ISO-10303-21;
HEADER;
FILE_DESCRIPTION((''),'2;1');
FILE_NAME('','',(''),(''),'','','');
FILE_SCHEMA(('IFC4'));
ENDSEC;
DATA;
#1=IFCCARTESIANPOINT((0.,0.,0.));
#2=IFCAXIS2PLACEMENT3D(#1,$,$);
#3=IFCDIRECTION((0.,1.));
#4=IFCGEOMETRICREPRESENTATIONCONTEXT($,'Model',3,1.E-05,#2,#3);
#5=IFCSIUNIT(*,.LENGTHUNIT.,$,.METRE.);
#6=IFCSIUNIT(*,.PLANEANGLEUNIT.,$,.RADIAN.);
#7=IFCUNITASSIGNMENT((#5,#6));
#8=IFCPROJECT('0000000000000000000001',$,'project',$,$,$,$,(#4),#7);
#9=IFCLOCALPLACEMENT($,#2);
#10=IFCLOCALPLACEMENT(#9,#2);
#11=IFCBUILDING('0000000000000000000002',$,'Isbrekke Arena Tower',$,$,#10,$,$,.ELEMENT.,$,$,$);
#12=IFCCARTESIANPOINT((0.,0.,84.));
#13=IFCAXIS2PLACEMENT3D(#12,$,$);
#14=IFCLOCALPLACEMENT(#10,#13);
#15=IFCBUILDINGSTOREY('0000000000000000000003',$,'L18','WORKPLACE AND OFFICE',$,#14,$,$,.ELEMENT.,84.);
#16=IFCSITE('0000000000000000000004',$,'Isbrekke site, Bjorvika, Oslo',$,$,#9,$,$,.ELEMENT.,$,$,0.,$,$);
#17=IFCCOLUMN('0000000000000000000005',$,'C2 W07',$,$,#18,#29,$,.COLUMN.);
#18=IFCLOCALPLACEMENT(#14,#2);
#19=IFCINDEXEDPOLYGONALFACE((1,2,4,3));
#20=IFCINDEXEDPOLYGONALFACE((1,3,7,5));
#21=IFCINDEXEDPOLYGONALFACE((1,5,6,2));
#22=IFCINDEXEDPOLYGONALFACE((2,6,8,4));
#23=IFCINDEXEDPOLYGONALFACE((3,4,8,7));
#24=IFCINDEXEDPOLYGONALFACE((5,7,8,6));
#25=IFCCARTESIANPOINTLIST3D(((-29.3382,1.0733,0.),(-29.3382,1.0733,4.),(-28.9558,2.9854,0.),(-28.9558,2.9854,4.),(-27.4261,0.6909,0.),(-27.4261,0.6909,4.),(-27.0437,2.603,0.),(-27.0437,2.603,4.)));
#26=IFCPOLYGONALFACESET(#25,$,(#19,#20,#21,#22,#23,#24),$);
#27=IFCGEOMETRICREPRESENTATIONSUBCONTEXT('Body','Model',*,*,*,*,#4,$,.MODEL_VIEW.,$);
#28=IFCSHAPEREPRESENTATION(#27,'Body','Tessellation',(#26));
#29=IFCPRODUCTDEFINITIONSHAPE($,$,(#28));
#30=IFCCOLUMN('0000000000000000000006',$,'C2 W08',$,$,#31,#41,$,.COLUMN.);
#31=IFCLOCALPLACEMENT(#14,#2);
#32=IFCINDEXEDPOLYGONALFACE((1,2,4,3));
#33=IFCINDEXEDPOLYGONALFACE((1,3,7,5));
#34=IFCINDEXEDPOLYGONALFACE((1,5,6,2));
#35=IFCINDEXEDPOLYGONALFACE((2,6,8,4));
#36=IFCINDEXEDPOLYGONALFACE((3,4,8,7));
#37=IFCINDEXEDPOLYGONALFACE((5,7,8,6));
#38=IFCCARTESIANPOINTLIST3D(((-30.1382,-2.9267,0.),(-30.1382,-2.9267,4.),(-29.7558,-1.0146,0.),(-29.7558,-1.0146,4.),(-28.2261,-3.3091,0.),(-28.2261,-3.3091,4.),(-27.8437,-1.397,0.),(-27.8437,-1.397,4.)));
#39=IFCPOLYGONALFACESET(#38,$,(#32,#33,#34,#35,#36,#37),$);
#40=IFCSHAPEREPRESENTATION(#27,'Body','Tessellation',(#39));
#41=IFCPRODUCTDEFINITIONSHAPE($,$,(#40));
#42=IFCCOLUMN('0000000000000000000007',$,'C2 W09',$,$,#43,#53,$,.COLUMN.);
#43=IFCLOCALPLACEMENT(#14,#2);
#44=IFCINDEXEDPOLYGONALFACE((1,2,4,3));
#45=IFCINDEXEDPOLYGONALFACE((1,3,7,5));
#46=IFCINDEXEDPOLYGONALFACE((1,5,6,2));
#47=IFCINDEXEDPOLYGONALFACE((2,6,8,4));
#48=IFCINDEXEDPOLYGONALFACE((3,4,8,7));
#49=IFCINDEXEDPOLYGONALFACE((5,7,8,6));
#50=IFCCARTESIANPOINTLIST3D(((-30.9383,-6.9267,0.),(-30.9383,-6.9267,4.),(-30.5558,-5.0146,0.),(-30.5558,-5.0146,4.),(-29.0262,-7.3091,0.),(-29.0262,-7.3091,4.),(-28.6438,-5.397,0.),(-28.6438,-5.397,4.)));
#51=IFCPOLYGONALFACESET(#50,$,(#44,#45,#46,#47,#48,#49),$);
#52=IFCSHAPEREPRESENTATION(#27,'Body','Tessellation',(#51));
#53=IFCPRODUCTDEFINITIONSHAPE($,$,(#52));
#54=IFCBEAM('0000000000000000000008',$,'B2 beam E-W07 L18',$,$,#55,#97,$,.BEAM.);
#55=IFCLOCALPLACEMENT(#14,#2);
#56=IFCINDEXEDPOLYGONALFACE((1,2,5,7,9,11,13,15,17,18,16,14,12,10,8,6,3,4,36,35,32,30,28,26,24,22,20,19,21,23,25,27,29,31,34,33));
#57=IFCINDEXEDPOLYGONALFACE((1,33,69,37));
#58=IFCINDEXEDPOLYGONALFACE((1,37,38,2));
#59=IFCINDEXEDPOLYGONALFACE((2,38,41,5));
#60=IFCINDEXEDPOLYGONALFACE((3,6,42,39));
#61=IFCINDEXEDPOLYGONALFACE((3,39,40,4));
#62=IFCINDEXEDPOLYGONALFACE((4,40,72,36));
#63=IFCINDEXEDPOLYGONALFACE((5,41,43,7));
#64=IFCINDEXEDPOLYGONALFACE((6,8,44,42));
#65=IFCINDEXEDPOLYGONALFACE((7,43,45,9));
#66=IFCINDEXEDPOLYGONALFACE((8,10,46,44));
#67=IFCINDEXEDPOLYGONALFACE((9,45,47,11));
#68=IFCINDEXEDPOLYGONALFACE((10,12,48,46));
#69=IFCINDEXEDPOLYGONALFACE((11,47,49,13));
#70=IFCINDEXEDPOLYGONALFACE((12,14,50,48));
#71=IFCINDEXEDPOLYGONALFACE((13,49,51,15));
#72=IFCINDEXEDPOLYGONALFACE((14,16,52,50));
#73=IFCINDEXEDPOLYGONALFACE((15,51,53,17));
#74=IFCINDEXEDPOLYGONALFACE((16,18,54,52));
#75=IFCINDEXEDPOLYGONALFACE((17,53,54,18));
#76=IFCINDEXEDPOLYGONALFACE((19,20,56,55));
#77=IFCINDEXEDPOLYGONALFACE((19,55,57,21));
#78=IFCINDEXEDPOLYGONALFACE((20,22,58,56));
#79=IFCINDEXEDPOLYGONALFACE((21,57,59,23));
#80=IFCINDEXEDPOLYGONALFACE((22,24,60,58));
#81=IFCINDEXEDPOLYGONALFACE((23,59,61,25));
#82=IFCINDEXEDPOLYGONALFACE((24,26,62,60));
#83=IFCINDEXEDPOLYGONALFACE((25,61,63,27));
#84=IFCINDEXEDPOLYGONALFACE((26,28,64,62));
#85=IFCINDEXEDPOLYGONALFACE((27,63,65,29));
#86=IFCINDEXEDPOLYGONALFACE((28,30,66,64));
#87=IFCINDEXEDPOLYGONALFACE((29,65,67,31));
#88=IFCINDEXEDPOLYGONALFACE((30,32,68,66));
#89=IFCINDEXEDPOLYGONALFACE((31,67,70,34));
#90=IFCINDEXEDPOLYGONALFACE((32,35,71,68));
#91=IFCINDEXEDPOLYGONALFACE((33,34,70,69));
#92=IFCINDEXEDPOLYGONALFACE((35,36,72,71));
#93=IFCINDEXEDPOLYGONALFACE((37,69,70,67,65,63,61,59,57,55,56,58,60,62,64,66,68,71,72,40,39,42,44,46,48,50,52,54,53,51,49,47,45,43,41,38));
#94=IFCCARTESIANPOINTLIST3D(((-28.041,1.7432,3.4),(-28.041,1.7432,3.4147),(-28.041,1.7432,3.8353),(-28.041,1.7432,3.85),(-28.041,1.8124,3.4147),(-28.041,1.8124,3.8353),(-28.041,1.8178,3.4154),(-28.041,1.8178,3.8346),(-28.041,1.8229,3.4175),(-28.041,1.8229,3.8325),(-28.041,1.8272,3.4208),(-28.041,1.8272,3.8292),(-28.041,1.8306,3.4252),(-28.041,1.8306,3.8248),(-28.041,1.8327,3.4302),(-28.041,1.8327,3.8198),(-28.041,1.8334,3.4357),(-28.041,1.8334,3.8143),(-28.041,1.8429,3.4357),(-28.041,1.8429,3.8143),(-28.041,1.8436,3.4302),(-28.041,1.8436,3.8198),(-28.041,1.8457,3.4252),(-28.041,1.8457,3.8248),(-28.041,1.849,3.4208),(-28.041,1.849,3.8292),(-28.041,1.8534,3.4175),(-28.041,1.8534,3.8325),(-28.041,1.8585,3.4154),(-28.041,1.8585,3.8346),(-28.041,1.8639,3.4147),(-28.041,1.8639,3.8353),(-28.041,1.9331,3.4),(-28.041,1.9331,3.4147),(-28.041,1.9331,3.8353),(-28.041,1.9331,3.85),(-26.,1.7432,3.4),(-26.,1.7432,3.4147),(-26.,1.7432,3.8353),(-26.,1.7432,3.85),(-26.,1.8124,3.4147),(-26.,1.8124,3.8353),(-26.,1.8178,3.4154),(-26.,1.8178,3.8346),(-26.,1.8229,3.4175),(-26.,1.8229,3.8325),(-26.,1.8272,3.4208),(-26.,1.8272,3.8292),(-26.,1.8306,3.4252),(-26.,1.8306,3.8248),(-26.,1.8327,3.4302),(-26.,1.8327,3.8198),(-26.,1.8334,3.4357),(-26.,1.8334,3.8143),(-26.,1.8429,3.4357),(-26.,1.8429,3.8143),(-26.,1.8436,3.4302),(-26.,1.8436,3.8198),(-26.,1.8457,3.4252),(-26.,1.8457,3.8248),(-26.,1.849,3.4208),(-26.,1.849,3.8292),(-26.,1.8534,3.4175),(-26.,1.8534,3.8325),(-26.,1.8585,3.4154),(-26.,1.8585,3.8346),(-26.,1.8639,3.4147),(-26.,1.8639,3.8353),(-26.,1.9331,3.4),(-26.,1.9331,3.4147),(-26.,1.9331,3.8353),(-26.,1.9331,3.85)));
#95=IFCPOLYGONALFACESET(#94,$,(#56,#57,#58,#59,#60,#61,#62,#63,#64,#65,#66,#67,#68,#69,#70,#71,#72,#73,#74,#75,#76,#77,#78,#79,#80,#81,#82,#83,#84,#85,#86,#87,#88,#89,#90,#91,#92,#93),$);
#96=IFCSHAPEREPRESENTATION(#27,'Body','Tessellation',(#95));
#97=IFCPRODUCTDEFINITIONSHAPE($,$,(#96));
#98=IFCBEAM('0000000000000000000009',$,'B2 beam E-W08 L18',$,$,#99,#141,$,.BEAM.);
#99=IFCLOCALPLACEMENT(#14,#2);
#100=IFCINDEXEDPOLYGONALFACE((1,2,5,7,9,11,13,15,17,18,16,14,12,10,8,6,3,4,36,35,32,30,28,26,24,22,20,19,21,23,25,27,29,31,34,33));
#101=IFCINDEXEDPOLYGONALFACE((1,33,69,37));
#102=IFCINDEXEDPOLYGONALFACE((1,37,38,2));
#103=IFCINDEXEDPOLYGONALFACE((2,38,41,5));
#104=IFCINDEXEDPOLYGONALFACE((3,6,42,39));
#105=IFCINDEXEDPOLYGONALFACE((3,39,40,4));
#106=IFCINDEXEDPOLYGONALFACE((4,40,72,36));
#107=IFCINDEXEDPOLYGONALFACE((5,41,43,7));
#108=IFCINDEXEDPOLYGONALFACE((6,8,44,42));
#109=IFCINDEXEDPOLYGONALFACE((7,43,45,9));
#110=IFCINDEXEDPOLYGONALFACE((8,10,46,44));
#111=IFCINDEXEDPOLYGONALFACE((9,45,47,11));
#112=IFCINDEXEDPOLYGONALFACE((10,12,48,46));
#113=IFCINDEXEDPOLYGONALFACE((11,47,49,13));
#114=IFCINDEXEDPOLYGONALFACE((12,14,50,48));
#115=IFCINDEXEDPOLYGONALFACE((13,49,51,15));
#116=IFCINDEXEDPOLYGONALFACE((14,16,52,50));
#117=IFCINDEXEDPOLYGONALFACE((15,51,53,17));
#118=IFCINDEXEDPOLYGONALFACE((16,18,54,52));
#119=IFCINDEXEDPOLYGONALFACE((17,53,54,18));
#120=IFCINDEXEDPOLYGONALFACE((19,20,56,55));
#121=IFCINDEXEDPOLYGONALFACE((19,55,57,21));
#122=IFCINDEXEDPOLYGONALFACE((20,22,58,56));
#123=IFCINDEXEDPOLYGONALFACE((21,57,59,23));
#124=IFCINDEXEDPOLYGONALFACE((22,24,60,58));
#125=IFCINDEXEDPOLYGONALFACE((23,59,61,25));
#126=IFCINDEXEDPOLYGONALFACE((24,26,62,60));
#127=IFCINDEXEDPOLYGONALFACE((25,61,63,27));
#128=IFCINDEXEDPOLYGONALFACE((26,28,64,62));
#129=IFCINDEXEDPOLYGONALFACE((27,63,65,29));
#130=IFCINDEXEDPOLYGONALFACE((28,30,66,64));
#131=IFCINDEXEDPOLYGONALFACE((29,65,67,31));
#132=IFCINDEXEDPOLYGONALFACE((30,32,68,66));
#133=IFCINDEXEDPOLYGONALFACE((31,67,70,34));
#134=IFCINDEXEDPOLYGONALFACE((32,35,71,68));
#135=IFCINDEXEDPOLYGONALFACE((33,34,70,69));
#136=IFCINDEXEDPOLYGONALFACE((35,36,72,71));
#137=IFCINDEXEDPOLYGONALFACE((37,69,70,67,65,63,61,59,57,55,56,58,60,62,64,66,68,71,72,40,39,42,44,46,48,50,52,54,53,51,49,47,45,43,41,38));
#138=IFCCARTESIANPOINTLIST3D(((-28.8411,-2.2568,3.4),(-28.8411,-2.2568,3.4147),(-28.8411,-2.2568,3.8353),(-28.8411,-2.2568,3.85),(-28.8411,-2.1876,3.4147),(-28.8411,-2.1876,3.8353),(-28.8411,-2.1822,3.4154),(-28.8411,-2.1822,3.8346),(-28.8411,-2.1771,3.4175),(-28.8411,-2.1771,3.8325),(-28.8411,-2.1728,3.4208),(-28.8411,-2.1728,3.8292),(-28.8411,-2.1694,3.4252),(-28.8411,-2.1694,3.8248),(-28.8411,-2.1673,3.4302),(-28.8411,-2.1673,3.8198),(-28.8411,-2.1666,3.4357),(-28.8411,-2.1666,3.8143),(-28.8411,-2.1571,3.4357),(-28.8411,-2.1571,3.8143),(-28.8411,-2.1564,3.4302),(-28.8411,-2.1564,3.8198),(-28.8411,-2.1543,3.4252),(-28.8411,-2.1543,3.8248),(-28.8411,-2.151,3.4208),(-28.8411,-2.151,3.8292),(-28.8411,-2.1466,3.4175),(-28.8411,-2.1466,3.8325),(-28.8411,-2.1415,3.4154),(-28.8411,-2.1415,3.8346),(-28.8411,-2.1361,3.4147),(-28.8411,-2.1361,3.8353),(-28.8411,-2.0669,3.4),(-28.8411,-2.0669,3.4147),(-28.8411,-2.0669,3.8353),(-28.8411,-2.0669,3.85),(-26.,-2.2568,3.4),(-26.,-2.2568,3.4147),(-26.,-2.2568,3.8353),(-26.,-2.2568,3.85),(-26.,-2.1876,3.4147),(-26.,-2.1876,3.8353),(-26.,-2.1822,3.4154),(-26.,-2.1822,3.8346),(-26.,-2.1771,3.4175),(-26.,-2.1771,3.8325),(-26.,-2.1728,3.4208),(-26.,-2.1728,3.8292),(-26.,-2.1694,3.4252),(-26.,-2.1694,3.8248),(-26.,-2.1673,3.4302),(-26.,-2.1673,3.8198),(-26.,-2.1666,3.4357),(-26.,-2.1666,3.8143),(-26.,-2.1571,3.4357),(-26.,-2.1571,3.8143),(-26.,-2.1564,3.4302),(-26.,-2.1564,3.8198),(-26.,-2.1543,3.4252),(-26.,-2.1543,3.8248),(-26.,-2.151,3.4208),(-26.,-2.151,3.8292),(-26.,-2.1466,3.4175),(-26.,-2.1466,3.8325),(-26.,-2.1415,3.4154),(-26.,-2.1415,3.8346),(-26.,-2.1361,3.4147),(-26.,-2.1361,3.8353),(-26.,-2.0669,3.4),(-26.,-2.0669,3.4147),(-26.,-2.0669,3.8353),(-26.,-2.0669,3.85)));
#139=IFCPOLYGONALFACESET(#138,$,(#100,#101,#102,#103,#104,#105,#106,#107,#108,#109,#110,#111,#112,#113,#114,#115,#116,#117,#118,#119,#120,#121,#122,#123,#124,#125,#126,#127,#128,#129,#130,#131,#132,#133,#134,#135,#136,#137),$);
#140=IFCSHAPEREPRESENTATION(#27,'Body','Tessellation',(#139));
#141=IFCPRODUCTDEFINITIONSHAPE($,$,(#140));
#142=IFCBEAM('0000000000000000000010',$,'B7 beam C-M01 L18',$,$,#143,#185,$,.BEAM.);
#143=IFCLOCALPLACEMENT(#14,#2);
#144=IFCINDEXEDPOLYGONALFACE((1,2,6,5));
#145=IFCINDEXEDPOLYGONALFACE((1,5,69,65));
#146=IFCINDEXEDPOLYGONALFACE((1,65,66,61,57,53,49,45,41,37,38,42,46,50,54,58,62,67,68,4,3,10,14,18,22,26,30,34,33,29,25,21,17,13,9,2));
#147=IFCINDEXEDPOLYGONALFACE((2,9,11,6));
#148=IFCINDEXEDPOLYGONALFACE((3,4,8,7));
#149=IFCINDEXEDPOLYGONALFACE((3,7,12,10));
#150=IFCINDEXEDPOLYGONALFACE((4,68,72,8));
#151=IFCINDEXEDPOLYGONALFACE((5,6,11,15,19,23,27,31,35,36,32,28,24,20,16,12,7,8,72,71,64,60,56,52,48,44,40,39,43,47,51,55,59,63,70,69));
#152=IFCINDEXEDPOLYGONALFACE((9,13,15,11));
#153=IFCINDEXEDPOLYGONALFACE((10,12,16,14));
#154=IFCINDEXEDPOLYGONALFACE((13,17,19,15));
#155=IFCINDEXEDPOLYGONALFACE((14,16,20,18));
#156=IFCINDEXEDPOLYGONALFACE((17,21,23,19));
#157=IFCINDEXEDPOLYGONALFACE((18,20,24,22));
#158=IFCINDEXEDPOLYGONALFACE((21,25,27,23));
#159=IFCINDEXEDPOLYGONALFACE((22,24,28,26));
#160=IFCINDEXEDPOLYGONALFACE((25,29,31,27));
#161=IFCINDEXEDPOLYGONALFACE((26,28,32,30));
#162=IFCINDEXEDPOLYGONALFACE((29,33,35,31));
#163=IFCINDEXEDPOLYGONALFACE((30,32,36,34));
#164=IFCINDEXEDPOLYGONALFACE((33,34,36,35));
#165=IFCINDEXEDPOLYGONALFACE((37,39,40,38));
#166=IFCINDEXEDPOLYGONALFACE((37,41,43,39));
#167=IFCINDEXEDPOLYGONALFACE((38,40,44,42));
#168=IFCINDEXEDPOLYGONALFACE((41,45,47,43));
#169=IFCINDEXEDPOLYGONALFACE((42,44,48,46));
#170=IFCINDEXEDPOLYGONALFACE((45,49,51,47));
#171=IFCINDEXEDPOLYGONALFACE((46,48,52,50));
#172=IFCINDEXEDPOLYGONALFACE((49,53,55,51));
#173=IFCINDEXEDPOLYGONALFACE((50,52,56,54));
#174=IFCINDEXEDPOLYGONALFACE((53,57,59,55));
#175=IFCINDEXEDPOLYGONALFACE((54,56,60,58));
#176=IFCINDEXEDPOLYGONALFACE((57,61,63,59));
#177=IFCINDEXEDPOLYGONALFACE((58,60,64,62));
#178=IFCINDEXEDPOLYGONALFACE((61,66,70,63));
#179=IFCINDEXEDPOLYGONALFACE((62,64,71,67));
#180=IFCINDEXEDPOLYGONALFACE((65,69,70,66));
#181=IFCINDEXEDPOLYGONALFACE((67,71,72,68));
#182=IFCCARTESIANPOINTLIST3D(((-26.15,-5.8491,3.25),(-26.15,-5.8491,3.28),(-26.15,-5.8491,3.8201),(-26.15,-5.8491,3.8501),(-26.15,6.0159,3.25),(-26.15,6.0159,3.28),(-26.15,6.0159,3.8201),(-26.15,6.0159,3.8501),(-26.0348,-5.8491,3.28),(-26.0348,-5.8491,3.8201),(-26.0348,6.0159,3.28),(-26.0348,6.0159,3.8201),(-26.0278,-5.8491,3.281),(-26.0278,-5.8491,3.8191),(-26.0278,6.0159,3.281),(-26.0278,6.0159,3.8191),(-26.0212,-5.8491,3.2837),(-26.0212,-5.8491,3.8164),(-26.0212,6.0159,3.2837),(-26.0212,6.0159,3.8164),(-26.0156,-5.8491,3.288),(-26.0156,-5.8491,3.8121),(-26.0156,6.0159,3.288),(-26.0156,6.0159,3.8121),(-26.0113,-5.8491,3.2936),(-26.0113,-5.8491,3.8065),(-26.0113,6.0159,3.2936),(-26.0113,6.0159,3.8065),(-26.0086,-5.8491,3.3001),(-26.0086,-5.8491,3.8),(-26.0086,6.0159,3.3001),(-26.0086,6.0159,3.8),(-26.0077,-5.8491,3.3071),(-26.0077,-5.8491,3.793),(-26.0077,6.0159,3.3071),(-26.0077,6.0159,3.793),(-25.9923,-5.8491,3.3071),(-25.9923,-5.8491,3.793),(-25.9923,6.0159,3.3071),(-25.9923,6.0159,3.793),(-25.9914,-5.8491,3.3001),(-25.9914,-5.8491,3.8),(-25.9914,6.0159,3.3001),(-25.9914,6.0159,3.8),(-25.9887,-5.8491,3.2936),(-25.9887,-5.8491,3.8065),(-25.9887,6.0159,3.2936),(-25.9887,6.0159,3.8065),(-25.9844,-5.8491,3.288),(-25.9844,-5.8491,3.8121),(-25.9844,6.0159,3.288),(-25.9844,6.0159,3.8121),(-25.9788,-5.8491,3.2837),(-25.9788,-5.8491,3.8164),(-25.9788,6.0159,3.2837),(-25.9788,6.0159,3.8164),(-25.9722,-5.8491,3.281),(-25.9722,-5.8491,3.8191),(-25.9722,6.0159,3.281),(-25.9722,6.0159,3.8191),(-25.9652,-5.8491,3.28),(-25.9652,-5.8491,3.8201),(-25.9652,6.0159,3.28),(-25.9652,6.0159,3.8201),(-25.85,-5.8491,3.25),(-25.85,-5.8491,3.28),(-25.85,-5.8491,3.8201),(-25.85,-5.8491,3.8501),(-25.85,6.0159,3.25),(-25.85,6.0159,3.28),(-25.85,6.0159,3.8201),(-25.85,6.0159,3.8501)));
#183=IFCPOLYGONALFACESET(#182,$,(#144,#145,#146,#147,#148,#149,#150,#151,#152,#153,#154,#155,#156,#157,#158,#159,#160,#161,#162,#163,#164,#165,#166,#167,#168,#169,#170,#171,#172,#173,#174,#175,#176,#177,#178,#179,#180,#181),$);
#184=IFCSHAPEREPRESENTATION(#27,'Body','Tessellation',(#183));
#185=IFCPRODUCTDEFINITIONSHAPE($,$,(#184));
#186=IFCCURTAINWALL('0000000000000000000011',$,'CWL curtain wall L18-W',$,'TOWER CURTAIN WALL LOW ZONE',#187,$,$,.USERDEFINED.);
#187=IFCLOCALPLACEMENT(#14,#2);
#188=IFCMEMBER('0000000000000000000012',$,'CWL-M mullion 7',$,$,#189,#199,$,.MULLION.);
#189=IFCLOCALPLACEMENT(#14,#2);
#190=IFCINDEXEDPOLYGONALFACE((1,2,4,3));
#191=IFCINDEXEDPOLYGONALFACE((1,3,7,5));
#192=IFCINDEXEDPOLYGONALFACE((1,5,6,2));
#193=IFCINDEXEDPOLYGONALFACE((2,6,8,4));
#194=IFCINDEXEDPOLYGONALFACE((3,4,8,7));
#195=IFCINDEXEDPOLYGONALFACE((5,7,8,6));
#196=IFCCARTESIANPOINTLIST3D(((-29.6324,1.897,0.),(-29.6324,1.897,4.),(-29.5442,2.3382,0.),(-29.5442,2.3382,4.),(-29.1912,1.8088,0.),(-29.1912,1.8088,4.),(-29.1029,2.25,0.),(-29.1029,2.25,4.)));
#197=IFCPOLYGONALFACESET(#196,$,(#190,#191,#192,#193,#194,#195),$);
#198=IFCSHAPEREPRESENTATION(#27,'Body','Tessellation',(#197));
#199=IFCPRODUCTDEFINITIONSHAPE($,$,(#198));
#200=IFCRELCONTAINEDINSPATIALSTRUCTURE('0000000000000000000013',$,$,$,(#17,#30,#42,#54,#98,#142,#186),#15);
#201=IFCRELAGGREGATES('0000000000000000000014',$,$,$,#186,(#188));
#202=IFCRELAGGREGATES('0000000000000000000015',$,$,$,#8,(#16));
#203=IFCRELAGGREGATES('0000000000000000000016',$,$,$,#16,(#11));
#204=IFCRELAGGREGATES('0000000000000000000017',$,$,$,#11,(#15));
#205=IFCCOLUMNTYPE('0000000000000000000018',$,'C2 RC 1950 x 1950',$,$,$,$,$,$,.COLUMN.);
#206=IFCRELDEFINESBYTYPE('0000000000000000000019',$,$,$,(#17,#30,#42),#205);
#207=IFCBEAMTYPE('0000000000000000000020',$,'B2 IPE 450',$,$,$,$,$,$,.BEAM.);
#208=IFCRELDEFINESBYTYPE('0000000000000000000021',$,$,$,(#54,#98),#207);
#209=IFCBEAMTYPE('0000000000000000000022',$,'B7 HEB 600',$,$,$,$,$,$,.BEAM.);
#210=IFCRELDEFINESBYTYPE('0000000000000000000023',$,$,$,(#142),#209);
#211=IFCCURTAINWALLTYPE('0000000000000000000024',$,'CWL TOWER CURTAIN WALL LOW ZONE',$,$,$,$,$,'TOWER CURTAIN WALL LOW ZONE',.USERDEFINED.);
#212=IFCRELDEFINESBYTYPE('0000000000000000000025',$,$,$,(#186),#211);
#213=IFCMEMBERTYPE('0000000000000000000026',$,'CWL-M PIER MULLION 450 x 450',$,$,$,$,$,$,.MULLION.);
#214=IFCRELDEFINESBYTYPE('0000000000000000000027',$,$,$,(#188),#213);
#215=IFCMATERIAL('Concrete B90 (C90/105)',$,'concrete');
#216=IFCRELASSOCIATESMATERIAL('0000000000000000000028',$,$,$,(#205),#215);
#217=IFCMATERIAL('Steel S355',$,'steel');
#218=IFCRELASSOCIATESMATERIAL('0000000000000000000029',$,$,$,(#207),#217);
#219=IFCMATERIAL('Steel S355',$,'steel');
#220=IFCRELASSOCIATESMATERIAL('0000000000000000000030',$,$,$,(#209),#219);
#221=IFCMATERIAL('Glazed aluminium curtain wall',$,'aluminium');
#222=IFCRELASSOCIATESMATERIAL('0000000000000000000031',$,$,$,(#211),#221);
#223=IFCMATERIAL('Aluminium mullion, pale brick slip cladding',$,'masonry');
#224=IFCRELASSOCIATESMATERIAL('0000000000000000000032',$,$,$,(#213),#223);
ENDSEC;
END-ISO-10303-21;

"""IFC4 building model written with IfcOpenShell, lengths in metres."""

from ifc_helpers import new_model, si_unit, direction, frame, origin, origin_2d, place, context, subcontext, project, spatial, rectangle, i_section, extrude, material, material_profile, profile_set, type_object, element, aggregate, save


model = new_model("IFC4")

# Units and contexts
model_context = context("Model", 3, precision=1e-05, world=origin(), true_north=direction((0.0, 1.0)))
body_context = subcontext(model_context, "Body", "Model", "MODEL_VIEW")
ifc_project = project(units=[si_unit("LENGTHUNIT", "METRE"), si_unit("PLANEANGLEUNIT", "RADIAN")], contexts=[model_context])

# Site, building, storey
site_placement = place(None, origin())
site = spatial("IfcSite", under=ifc_project, at=site_placement, Name="Isbrekke site, Bjorvika, Oslo", CompositionType="ELEMENT", RefElevation=0.0)
building_placement = place(site_placement, origin())
building = spatial("IfcBuilding", under=site, at=building_placement, Name="Isbrekke Arena Tower", CompositionType="ELEMENT")
storey_placement = place(building_placement, frame((0.0, 0.0, 84.0)))
storey = spatial("IfcBuildingStorey", under=building, at=storey_placement, Name="L18", Description="WORKPLACE AND OFFICE", CompositionType="ELEMENT", Elevation=84.0)

# Columns
ifc_material_1 = material(Name="Concrete B90 (C90/105)", Category="concrete")
ifc_material_profile_1 = material_profile(ifc_material_1, rectangle(XDim=1.95, YDim=1.95, at=origin_2d()), Name="RC 1950x1950")
ifc_profile_set_1 = profile_set([ifc_material_profile_1], Name="Concrete B90 (C90/105)")
column_type = type_object("IfcColumnType", Name="C2 RC 1950 x 1950", PredefinedType="COLUMN", material=ifc_profile_set_1)
for number, where, z_axis, x_axis, name in (
    (1, (-28.1909, 1.8381, 0.0), (0.0, 0.0, 1.0), (-0.196116, -0.980581, 0.0), "C2 W07"),
    (2, (-28.991, -2.1619, 0.0), (0.0, 0.0, 1.0), (-0.196116, -0.980581, 0.0), "C2 W08"),
    (3, (-29.791, -6.1619, 0.0), (0.0, 0.0, 1.0), (-0.196116, -0.980581, 0.0), "C2 W09"),
):
    element("IfcColumn", number, at=place(storey_placement, frame(where, z_axis=z_axis, x_axis=x_axis)), inside=storey, type_object=column_type, Name=name, PredefinedType="COLUMN", context=body_context, shape_type="SweptSolid", body=[
        extrude(rectangle(XDim=1.95, YDim=1.95, at=origin_2d()), origin(), (0.0, 0.0, 1.0), 4.0),
    ])

# Beams
ifc_material_2 = material(Name="Steel S355", Category="steel")
ifc_material_profile_2 = material_profile(ifc_material_2, i_section(OverallWidth=0.1899, OverallDepth=0.45, WebThickness=0.0095, FlangeThickness=0.0146, FilletRadius=0.021, at=origin_2d()), Name="IPE 450")
ifc_profile_set_2 = profile_set([ifc_material_profile_2], Name="Steel S355")
beam_type_1 = type_object("IfcBeamType", Name="B2 IPE 450", PredefinedType="BEAM", material=ifc_profile_set_2)
beam_1_placement = place(storey_placement, frame((-28.041, 1.8381, 3.625), z_axis=(1.0, 0.0, 0.0), x_axis=(0.0, 1.0, 0.0)))
element("IfcBeam", 4, at=beam_1_placement, inside=storey, type_object=beam_type_1, Name="B2 beam E-W07 L18", PredefinedType="BEAM", context=body_context, shape_type="SweptSolid", body=[
    extrude(i_section(OverallWidth=0.1899, OverallDepth=0.45, WebThickness=0.0095, FlangeThickness=0.0146, FilletRadius=0.021, at=origin_2d()), origin(), (0.0, 0.0, 1.0), 2.041),
])
beam_2_placement = place(storey_placement, frame((-28.8411, -2.1619, 3.625), z_axis=(1.0, 0.0, 0.0), x_axis=(0.0, 1.0, 0.0)))
element("IfcBeam", 5, at=beam_2_placement, inside=storey, type_object=beam_type_1, Name="B2 beam E-W08 L18", PredefinedType="BEAM", context=body_context, shape_type="SweptSolid", body=[
    extrude(i_section(OverallWidth=0.1899, OverallDepth=0.45, WebThickness=0.0095, FlangeThickness=0.0146, FilletRadius=0.021, at=origin_2d()), origin(), (0.0, 0.0, 1.0), 2.8411),
])
ifc_material_3 = material(Name="Steel S355", Category="steel")
ifc_material_profile_3 = material_profile(ifc_material_3, i_section(OverallWidth=0.3, OverallDepth=0.6001, WebThickness=0.0154, FlangeThickness=0.03, FilletRadius=0.0271, at=origin_2d()), Name="HEB 600")
ifc_profile_set_3 = profile_set([ifc_material_profile_3], Name="Steel S355")
beam_type_2 = type_object("IfcBeamType", Name="B7 HEB 600", PredefinedType="BEAM", material=ifc_profile_set_3)
beam_3_placement = place(storey_placement, frame((-26.0, -5.8491, 3.55), z_axis=(0.0, 1.0, 0.0), x_axis=(-1.0, 0.0, 0.0)))
element("IfcBeam", 6, at=beam_3_placement, inside=storey, type_object=beam_type_2, Name="B7 beam C-M01 L18", PredefinedType="BEAM", context=body_context, shape_type="SweptSolid", body=[
    extrude(i_section(OverallWidth=0.3, OverallDepth=0.6001, WebThickness=0.0154, FlangeThickness=0.03, FilletRadius=0.0271, at=origin_2d()), origin(), (0.0, 0.0, 1.0), 11.865),
])

# Curtain wall, member
ifc_material_4 = material(Name="Glazed aluminium curtain wall", Category="aluminium")
curtain_wall_type = type_object("IfcCurtainWallType", Name="CWL TOWER CURTAIN WALL LOW ZONE", ElementType="TOWER CURTAIN WALL LOW ZONE", PredefinedType="USERDEFINED", material=ifc_material_4)
curtain_wall_placement = place(storey_placement, origin())
curtain_wall = element("IfcCurtainWall", 7, at=curtain_wall_placement, inside=storey, type_object=curtain_wall_type, Name="CWL curtain wall L18-W", ObjectType="TOWER CURTAIN WALL LOW ZONE", PredefinedType="USERDEFINED")
ifc_material_5 = material(Name="Aluminium mullion, pale brick slip cladding", Category="masonry")
ifc_material_profile_4 = material_profile(ifc_material_5, rectangle(XDim=0.45, YDim=0.45, at=origin_2d()), Name="PIER 450X450")
ifc_profile_set_4 = profile_set([ifc_material_profile_4], Name="Aluminium mullion, pale brick slip cladding")
member_type_1 = type_object("IfcMemberType", Name="CWL-M PIER MULLION 450 x 450", PredefinedType="MULLION", material=ifc_profile_set_4)
member_1_placement = place(storey_placement, frame((-29.3677, 2.0735, 0.0), z_axis=(0.0, 0.0, 1.0), x_axis=(-0.196116, -0.980581, 0.0)))
member_1 = element("IfcMember", 8, at=member_1_placement, type_object=member_type_1, Name="CWL-M mullion 7", PredefinedType="MULLION", context=body_context, shape_type="SweptSolid", body=[
    extrude(rectangle(XDim=0.45, YDim=0.45, at=origin_2d()), origin(), (0.0, 0.0, 1.0), 4.0),
])

aggregate(curtain_wall, [member_1])

save(model, "model.ifc")
